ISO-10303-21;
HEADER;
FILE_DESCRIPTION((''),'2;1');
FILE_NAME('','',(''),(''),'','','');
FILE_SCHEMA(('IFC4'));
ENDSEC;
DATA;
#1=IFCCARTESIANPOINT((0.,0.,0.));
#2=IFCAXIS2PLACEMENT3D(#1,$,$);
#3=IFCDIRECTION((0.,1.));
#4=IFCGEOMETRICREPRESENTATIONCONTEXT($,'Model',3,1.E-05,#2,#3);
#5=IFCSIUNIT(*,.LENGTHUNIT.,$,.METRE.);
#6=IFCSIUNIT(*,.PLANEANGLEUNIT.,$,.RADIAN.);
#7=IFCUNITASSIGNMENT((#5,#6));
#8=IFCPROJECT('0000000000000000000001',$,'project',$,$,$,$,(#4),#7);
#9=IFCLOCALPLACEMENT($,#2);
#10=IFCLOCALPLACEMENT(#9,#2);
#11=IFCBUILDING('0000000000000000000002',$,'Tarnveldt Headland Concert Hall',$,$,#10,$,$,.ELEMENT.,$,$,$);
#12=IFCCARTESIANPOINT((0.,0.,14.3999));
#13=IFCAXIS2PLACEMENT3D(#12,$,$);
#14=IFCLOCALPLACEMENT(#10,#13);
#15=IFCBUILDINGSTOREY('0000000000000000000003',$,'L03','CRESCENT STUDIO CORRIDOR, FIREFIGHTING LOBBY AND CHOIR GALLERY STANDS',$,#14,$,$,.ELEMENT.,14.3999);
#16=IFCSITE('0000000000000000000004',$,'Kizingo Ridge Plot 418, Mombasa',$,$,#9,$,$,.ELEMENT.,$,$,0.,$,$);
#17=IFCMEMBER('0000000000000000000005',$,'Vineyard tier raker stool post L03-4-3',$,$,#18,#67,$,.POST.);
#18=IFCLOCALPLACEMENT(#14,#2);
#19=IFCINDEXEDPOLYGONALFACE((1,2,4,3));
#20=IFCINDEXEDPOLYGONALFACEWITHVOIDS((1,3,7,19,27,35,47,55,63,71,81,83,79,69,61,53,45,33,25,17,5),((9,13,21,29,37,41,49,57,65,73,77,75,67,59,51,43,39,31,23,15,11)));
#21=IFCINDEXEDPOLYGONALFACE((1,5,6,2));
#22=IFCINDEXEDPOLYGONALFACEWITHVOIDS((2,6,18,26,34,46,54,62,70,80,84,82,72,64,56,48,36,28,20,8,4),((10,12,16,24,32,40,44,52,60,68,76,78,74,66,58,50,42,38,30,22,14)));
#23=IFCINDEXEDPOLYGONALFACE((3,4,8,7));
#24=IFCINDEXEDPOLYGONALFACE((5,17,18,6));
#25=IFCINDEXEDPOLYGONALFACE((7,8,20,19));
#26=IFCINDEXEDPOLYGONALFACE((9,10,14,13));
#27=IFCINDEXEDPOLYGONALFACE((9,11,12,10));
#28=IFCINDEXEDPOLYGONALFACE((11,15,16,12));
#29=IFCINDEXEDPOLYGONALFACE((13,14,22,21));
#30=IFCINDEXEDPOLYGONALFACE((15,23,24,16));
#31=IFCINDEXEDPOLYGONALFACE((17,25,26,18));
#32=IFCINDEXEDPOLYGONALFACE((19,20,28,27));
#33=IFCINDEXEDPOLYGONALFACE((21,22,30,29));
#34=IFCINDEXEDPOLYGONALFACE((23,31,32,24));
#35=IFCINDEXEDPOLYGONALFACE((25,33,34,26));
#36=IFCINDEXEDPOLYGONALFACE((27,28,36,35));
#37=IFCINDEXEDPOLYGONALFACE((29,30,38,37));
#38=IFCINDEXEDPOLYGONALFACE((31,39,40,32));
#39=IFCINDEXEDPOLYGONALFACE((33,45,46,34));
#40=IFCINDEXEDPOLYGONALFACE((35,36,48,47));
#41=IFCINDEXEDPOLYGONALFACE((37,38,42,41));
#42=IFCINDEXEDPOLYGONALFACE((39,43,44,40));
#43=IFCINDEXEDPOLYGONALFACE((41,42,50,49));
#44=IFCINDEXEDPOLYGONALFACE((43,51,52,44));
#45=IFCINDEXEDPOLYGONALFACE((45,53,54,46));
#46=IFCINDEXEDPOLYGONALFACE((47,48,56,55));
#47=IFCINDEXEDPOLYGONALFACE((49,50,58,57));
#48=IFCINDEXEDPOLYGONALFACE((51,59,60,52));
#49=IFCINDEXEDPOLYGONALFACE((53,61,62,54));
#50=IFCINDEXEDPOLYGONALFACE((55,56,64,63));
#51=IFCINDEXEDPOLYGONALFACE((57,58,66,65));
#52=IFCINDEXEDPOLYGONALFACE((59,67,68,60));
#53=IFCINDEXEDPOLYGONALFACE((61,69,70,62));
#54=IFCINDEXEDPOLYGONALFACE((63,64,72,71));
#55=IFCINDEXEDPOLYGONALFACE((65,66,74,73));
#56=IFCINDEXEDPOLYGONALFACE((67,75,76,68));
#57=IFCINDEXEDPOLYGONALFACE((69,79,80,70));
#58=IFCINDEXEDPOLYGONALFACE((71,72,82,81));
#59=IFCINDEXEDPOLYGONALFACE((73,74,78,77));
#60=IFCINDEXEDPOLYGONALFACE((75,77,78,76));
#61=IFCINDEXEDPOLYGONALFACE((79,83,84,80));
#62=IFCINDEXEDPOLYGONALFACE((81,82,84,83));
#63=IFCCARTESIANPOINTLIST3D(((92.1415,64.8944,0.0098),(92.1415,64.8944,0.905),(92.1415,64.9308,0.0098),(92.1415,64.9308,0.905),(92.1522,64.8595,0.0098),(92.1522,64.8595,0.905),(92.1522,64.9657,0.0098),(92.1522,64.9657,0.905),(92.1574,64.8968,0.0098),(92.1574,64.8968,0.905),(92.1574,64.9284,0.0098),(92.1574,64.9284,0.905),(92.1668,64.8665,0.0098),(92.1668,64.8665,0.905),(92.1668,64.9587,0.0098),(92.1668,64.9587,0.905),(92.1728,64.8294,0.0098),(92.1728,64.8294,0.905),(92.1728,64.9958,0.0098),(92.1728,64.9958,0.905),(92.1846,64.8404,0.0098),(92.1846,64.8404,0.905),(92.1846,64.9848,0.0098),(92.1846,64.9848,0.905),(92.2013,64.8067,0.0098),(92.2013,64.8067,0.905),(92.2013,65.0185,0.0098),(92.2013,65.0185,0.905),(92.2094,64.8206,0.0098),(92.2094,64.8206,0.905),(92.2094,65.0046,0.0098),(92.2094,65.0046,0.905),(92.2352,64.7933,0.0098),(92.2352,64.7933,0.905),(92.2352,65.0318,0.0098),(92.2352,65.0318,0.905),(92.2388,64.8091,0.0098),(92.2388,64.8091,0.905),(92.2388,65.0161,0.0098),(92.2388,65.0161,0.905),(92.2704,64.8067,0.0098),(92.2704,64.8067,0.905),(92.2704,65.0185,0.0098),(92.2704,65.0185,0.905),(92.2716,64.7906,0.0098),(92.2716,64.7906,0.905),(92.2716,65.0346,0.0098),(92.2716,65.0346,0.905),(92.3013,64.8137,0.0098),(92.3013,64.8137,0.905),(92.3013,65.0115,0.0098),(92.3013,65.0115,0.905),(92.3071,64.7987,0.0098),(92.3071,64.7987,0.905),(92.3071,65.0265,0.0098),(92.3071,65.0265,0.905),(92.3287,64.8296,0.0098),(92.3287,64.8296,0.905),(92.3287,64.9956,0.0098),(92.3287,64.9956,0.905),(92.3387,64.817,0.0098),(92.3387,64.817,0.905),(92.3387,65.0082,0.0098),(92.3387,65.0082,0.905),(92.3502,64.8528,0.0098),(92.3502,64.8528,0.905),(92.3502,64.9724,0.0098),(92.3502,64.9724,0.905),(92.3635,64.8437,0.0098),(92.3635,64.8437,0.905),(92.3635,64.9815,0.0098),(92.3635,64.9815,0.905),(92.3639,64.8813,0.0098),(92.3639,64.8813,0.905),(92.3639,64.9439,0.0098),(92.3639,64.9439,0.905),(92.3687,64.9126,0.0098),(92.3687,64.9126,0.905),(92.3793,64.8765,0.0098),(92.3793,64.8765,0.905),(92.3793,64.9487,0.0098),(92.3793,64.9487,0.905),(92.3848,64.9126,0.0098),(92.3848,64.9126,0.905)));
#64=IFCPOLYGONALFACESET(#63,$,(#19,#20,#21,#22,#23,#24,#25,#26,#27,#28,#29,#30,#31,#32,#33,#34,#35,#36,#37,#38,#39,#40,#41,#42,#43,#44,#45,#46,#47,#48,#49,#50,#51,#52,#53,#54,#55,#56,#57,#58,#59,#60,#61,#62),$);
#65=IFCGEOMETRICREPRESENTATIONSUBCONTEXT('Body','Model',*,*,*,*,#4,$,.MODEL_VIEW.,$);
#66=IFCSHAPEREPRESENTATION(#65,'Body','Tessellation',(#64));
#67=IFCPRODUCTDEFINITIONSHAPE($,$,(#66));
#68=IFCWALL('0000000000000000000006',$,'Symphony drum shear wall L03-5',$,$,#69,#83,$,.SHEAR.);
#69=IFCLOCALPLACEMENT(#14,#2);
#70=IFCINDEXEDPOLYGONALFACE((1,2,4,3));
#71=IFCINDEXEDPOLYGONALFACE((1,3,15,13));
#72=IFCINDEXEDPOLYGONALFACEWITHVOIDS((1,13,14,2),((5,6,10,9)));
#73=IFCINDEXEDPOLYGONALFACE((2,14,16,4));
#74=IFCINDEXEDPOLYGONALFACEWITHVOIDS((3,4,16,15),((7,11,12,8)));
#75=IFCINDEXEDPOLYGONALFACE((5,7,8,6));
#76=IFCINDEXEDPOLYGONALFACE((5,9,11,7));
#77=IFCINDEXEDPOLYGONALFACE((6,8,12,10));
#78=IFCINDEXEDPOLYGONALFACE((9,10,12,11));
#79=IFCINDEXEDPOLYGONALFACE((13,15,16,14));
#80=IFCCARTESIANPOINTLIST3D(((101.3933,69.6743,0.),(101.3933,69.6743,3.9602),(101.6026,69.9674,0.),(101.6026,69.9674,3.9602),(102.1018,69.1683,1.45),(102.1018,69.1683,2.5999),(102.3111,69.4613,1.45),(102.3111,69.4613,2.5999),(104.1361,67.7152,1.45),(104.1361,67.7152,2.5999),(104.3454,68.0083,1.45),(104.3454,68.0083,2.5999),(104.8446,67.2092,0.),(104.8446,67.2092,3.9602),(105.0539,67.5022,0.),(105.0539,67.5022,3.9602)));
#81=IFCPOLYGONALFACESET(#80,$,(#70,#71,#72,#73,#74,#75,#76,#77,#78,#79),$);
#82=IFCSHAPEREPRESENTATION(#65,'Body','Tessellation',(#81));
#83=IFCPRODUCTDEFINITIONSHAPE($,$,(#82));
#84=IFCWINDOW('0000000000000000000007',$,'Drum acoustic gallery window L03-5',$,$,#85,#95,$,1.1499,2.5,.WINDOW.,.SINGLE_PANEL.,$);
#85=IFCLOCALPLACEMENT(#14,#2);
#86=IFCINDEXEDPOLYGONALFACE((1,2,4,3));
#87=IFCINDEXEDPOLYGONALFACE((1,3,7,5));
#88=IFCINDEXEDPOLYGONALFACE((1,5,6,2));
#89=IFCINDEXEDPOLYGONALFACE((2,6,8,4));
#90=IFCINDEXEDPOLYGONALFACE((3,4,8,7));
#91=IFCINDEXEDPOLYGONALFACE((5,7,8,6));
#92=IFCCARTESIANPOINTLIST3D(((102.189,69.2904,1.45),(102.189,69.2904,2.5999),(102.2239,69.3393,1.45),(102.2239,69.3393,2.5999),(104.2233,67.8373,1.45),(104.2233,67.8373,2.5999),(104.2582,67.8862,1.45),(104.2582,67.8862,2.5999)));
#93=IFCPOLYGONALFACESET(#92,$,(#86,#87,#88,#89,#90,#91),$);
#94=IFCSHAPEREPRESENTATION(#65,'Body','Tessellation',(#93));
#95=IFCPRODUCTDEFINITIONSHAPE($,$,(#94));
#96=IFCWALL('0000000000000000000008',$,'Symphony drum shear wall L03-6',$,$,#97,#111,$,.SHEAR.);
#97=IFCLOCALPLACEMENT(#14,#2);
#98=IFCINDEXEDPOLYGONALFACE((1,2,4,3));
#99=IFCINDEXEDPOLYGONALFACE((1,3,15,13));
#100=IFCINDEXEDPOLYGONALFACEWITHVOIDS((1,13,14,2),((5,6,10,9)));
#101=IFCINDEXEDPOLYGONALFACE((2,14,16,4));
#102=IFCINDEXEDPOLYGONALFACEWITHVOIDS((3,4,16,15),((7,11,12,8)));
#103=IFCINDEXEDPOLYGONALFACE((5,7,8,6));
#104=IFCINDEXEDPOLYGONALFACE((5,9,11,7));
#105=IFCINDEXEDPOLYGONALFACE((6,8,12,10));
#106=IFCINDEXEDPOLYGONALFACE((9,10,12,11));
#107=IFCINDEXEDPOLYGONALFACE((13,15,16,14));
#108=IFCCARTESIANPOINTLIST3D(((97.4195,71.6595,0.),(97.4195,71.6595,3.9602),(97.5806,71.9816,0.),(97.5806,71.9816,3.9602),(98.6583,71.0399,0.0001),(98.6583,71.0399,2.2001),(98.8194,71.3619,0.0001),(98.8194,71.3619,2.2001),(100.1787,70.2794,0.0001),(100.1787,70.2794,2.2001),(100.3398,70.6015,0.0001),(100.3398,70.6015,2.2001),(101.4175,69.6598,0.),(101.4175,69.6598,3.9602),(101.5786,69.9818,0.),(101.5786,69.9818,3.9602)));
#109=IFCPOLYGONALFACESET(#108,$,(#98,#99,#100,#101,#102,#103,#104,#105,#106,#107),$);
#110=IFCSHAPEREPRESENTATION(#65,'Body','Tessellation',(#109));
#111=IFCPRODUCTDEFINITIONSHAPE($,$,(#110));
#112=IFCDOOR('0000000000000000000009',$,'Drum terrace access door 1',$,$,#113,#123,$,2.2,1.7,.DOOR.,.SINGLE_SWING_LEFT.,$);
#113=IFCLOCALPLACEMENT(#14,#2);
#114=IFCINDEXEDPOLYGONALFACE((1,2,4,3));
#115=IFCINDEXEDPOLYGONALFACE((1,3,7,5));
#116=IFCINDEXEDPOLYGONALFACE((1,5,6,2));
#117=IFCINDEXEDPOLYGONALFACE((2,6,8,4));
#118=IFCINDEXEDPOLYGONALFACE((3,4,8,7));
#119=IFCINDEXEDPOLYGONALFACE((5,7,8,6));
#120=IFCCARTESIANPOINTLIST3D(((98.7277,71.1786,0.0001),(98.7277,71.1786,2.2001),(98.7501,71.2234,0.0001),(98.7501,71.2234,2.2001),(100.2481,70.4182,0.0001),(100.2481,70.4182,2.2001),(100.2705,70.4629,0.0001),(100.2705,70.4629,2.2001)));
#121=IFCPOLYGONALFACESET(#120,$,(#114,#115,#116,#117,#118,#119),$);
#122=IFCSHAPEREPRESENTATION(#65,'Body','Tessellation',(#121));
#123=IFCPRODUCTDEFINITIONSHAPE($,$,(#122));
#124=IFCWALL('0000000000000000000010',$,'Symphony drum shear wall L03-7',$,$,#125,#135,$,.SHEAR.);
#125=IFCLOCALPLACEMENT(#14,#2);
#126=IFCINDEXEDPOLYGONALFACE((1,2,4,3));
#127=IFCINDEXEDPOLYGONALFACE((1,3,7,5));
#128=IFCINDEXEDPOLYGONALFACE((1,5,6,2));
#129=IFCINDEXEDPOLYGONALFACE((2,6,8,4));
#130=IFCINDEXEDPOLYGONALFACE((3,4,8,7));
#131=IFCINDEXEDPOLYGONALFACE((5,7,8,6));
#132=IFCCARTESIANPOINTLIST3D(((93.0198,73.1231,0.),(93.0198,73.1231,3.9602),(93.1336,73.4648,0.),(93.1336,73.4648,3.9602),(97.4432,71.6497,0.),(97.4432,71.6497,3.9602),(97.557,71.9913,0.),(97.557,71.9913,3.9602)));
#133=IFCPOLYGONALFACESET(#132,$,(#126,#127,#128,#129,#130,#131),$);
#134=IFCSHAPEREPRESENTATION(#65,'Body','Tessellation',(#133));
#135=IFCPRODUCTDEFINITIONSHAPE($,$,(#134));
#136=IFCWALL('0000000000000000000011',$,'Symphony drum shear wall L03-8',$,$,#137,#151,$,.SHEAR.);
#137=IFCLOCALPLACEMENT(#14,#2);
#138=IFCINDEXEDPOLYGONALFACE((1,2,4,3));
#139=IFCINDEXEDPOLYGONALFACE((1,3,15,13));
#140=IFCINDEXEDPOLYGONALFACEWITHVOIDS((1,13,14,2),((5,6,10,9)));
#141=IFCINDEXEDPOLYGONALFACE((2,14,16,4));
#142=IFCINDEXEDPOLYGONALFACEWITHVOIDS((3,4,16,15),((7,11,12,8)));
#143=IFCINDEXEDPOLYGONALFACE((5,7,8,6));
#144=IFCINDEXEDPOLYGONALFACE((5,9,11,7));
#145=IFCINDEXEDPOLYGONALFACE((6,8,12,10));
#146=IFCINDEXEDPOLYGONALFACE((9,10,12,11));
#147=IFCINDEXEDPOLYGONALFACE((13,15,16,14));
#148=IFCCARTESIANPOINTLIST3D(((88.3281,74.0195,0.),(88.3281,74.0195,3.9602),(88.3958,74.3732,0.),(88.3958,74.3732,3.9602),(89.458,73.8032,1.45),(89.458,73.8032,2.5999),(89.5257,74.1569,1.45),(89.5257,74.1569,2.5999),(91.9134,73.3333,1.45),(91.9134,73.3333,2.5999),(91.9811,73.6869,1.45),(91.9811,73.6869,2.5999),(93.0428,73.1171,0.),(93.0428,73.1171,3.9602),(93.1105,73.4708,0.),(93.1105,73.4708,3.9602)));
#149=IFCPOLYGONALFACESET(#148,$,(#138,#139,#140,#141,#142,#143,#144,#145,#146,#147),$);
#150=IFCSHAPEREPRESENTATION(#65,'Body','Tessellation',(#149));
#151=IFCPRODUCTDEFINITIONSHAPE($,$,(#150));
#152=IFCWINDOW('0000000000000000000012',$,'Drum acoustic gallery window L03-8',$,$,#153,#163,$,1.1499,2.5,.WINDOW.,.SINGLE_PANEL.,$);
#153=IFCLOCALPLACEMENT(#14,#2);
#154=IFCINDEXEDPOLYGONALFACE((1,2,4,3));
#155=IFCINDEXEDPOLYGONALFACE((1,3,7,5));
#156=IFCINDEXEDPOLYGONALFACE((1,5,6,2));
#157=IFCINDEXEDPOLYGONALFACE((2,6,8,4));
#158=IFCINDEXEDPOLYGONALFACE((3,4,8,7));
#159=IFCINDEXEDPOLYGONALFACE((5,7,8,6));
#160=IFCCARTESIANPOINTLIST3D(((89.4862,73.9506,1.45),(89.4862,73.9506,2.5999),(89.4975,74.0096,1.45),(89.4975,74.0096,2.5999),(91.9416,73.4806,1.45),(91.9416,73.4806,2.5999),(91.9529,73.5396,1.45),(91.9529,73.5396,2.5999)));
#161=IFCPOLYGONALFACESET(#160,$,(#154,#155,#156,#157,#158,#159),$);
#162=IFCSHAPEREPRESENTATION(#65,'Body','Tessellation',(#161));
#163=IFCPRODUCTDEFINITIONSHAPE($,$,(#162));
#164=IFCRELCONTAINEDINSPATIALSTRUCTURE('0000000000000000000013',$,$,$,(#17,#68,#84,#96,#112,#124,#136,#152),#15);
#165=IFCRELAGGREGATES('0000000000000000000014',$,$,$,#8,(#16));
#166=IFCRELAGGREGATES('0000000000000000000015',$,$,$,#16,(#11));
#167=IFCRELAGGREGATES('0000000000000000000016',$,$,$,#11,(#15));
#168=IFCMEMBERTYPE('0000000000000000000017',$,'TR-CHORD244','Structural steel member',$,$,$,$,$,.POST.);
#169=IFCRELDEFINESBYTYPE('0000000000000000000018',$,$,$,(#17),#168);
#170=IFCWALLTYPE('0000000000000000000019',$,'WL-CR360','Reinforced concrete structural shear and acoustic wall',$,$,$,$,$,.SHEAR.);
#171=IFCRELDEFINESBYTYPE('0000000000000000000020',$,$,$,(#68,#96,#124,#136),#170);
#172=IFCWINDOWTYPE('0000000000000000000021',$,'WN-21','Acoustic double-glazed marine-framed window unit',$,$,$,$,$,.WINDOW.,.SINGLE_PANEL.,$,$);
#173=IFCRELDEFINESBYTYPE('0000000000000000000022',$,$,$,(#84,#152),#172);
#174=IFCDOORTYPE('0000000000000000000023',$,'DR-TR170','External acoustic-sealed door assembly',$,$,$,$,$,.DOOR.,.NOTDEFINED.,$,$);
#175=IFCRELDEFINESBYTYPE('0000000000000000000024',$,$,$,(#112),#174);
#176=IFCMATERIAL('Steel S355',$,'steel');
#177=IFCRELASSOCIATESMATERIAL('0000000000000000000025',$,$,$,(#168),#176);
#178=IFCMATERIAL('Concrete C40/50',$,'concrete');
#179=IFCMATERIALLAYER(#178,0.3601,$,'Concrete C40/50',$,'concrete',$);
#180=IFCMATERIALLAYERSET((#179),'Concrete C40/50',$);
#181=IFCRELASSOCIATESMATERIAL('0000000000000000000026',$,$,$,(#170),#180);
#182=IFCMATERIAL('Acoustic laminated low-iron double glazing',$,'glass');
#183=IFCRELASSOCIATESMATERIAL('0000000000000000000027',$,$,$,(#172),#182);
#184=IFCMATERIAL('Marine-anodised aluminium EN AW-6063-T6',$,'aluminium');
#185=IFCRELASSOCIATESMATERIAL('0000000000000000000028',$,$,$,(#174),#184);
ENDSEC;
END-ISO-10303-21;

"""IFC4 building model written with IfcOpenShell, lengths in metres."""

from ifc_helpers import new_model, si_unit, direction, frame, frame_2d, origin, origin_2d, place, context, subcontext, project, spatial, rectangle, hollow_circle, extrude, material, layer, layer_set, material_profile, profile_set, type_object, element, fill, save


model = new_model("IFC4")

# Units and contexts
model_context = context("Model", 3, precision=1e-05, world=origin(), true_north=direction((0.0, 1.0)))
body_context = subcontext(model_context, "Body", "Model", "MODEL_VIEW")
ifc_project = project(units=[si_unit("LENGTHUNIT", "METRE"), si_unit("PLANEANGLEUNIT", "RADIAN")], contexts=[model_context])

# Site, building, storey
site_placement = place(None, origin())
site = spatial("IfcSite", under=ifc_project, at=site_placement, Name="Kizingo Ridge Plot 418, Mombasa", CompositionType="ELEMENT", RefElevation=0.0)
building_placement = place(site_placement, origin())
building = spatial("IfcBuilding", under=site, at=building_placement, Name="Tarnveldt Headland Concert Hall", CompositionType="ELEMENT")
storey_placement = place(building_placement, frame((0.0, 0.0, 14.3999)))
storey = spatial("IfcBuildingStorey", under=building, at=storey_placement, Name="L03", Description="CRESCENT STUDIO CORRIDOR, FIREFIGHTING LOBBY AND CHOIR GALLERY STANDS", CompositionType="ELEMENT", Elevation=14.3999)

# Shared definitions
ifc_material_1 = material(Name="Concrete C40/50", Category="concrete")

# Shared definitions
ifc_material_2 = material(Name="Steel S355", Category="steel")

# Member
ifc_material_profile_1 = material_profile(ifc_material_2, hollow_circle(Radius=0.1223, WallThickness=0.0161, at=origin_2d()), Name="CHS 244.5x16", Category="steel")
ifc_profile_set_1 = profile_set([ifc_material_profile_1], Name="Steel S355")
member_type = type_object("IfcMemberType", Name="TR-CHORD244", Description="Structural steel member", PredefinedType="POST", material=ifc_profile_set_1)
member_placement = place(storey_placement, frame((92.2625, 64.9126, 0.0098), z_axis=(0.0, 0.0, 1.0), x_axis=(1.0, 0.0, 0.0)))
element("IfcMember", 1, at=member_placement, inside=storey, type_object=member_type, Name="Vineyard tier raker stool post L03-4-3", PredefinedType="POST", context=body_context, shape_type="SweptSolid", body=[
    extrude(hollow_circle(Radius=0.1223, WallThickness=0.0161, at=origin_2d()), origin(), (0.0, 0.0, 1.0), 0.8953),
])

# Wall, opening, window
ifc_layer_1 = layer(ifc_material_1, 0.3601, Name="Concrete C40/50", Category="concrete")
ifc_layer_set_1 = layer_set([ifc_layer_1], Name="Concrete C40/50")
wall_type_1 = type_object("IfcWallType", Name="WL-CR360", Description="Reinforced concrete structural shear and acoustic wall", PredefinedType="SHEAR", material=ifc_layer_set_1)
wall_1_placement = place(storey_placement, frame((104.9492, 67.3557, 0.0), z_axis=(0.0, 0.0, 1.0), x_axis=(-0.813737, 0.581233, 0.0)))
wall_1 = element("IfcWall", 2, at=wall_1_placement, inside=storey, type_object=wall_type_1, Name="Symphony drum shear wall L03-5", PredefinedType="SHEAR", context=body_context, shape_type="SweptSolid", body=[
    extrude(rectangle(XDim=4.2412, YDim=0.3601, at=frame_2d((2.1206, 0.0))), origin(), (0.0, 0.0, 1.0), 3.9602),
])
opening_1_placement = place(wall_1_placement, frame((0.8706, 0.0, 1.45)))
opening_1 = element("IfcOpeningElement", 3, at=opening_1_placement, cuts=wall_1, PredefinedType="OPENING", context=body_context, shape_type="SweptSolid", body=[
    extrude(rectangle(XDim=2.5, YDim=1.1499, at=frame_2d((1.25, 0.575))), frame((0.0, 0.1899, 0.0), z_axis=(0.0, -1.0, 0.0), x_axis=(1.0, 0.0, 0.0)), (0.0, 0.0, 1.0), 0.3801),
])
ifc_material_3 = material(Name="Acoustic laminated low-iron double glazing", Category="glass")
window_type = type_object("IfcWindowType", Name="WN-21", Description="Acoustic double-glazed marine-framed window unit", PartitioningType="SINGLE_PANEL", PredefinedType="WINDOW", material=ifc_material_3)
window_1_placement = place(opening_1_placement, origin())
window_1 = element("IfcWindow", 4, at=window_1_placement, inside=storey, type_object=window_type, Name="Drum acoustic gallery window L03-5", OverallHeight=1.1499, OverallWidth=2.5, PartitioningType="SINGLE_PANEL", PredefinedType="WINDOW", context=body_context, shape_type="SweptSolid", body=[
    extrude(rectangle(XDim=2.5, YDim=1.1499, at=frame_2d((1.25, 0.575))), frame((0.0, 0.03, 0.0), z_axis=(0.0, -1.0, 0.0), x_axis=(1.0, 0.0, 0.0)), (0.0, 0.0, 1.0), 0.0601),
])
fill(opening_1, window_1)

# Wall, opening, door
wall_2_placement = place(storey_placement, frame((101.498, 69.8208, 0.0), z_axis=(0.0, 0.0, 1.0), x_axis=(-0.894362, 0.447345, 0.0)))
wall_2 = element("IfcWall", 5, at=wall_2_placement, inside=storey, type_object=wall_type_1, Name="Symphony drum shear wall L03-6", PredefinedType="SHEAR", context=body_context, shape_type="SweptSolid", body=[
    extrude(rectangle(XDim=4.4702, YDim=0.3601, at=frame_2d((2.2351, 0.0))), origin(), (0.0, 0.0, 1.0), 3.9602),
])
opening_2_placement = place(wall_2_placement, frame((1.385, 0.0, 0.0)))
opening_2 = element("IfcOpeningElement", 6, at=opening_2_placement, cuts=wall_2, PredefinedType="OPENING", context=body_context, shape_type="SweptSolid", body=[
    extrude(rectangle(XDim=1.7, YDim=2.2, at=frame_2d((0.8501, 1.1001))), frame((0.0, 0.1899, 0.0), z_axis=(0.0, -1.0, 0.0), x_axis=(1.0, 0.0, 0.0)), (0.0, 0.0, 1.0), 0.3801),
])
ifc_material_4 = material(Name="Marine-anodised aluminium EN AW-6063-T6", Category="aluminium")
door_type_1 = type_object("IfcDoorType", Name="DR-TR170", Description="External acoustic-sealed door assembly", OperationType="NOTDEFINED", PredefinedType="DOOR", material=ifc_material_4)
door_1_placement = place(opening_2_placement, origin())
door_1 = element("IfcDoor", 7, at=door_1_placement, inside=storey, type_object=door_type_1, Name="Drum terrace access door 1", OperationType="SINGLE_SWING_LEFT", OverallHeight=2.2, OverallWidth=1.7, PredefinedType="DOOR", context=body_context, shape_type="SweptSolid", body=[
    extrude(rectangle(XDim=1.7, YDim=2.2, at=frame_2d((0.8501, 1.1001))), frame((0.0, 0.0249, 0.0), z_axis=(0.0, -1.0, 0.0), x_axis=(1.0, 0.0, 0.0)), (0.0, 0.0, 1.0), 0.05),
])
fill(opening_2, door_1)

# Wall
wall_3_placement = place(storey_placement, frame((97.5, 71.8206, 0.0), z_axis=(0.0, 0.0, 1.0), x_axis=(-0.948751, 0.316024, 0.0)))
element("IfcWall", 8, at=wall_3_placement, inside=storey, type_object=wall_type_1, Name="Symphony drum shear wall L03-7", PredefinedType="SHEAR", context=body_context, shape_type="SweptSolid", body=[
    extrude(rectangle(XDim=4.6624, YDim=0.3601, at=frame_2d((2.3311, 0.0))), origin(), (0.0, 0.0, 1.0), 3.9602),
])

# Wall, opening, window
wall_4_placement = place(storey_placement, frame((93.0767, 73.2939, 0.0), z_axis=(0.0, 0.0, 1.0), x_axis=(-0.982173, 0.187981, 0.0)))
wall_4 = element("IfcWall", 9, at=wall_4_placement, inside=storey, type_object=wall_type_1, Name="Symphony drum shear wall L03-8", PredefinedType="SHEAR", context=body_context, shape_type="SweptSolid", body=[
    extrude(rectangle(XDim=4.8003, YDim=0.3601, at=frame_2d((2.4001, 0.0))), origin(), (0.0, 0.0, 1.0), 3.9602),
])
opening_3_placement = place(wall_4_placement, frame((1.1499, 0.0, 1.45)))
opening_3 = element("IfcOpeningElement", 10, at=opening_3_placement, cuts=wall_4, PredefinedType="OPENING", context=body_context, shape_type="SweptSolid", body=[
    extrude(rectangle(XDim=2.5, YDim=1.1499, at=frame_2d((1.25, 0.575))), frame((0.0, 0.1899, 0.0), z_axis=(0.0, -1.0, 0.0), x_axis=(1.0, 0.0, 0.0)), (0.0, 0.0, 1.0), 0.3801),
])
window_2_placement = place(opening_3_placement, origin())
window_2 = element("IfcWindow", 11, at=window_2_placement, inside=storey, type_object=window_type, Name="Drum acoustic gallery window L03-8", OverallHeight=1.1499, OverallWidth=2.5, PartitioningType="SINGLE_PANEL", PredefinedType="WINDOW", context=body_context, shape_type="SweptSolid", body=[
    extrude(rectangle(XDim=2.5, YDim=1.1499, at=frame_2d((1.25, 0.575))), frame((0.0, 0.03, 0.0), z_axis=(0.0, -1.0, 0.0), x_axis=(1.0, 0.0, 0.0)), (0.0, 0.0, 1.0), 0.0601),
])
fill(opening_3, window_2)

save(model, "model.ifc")
